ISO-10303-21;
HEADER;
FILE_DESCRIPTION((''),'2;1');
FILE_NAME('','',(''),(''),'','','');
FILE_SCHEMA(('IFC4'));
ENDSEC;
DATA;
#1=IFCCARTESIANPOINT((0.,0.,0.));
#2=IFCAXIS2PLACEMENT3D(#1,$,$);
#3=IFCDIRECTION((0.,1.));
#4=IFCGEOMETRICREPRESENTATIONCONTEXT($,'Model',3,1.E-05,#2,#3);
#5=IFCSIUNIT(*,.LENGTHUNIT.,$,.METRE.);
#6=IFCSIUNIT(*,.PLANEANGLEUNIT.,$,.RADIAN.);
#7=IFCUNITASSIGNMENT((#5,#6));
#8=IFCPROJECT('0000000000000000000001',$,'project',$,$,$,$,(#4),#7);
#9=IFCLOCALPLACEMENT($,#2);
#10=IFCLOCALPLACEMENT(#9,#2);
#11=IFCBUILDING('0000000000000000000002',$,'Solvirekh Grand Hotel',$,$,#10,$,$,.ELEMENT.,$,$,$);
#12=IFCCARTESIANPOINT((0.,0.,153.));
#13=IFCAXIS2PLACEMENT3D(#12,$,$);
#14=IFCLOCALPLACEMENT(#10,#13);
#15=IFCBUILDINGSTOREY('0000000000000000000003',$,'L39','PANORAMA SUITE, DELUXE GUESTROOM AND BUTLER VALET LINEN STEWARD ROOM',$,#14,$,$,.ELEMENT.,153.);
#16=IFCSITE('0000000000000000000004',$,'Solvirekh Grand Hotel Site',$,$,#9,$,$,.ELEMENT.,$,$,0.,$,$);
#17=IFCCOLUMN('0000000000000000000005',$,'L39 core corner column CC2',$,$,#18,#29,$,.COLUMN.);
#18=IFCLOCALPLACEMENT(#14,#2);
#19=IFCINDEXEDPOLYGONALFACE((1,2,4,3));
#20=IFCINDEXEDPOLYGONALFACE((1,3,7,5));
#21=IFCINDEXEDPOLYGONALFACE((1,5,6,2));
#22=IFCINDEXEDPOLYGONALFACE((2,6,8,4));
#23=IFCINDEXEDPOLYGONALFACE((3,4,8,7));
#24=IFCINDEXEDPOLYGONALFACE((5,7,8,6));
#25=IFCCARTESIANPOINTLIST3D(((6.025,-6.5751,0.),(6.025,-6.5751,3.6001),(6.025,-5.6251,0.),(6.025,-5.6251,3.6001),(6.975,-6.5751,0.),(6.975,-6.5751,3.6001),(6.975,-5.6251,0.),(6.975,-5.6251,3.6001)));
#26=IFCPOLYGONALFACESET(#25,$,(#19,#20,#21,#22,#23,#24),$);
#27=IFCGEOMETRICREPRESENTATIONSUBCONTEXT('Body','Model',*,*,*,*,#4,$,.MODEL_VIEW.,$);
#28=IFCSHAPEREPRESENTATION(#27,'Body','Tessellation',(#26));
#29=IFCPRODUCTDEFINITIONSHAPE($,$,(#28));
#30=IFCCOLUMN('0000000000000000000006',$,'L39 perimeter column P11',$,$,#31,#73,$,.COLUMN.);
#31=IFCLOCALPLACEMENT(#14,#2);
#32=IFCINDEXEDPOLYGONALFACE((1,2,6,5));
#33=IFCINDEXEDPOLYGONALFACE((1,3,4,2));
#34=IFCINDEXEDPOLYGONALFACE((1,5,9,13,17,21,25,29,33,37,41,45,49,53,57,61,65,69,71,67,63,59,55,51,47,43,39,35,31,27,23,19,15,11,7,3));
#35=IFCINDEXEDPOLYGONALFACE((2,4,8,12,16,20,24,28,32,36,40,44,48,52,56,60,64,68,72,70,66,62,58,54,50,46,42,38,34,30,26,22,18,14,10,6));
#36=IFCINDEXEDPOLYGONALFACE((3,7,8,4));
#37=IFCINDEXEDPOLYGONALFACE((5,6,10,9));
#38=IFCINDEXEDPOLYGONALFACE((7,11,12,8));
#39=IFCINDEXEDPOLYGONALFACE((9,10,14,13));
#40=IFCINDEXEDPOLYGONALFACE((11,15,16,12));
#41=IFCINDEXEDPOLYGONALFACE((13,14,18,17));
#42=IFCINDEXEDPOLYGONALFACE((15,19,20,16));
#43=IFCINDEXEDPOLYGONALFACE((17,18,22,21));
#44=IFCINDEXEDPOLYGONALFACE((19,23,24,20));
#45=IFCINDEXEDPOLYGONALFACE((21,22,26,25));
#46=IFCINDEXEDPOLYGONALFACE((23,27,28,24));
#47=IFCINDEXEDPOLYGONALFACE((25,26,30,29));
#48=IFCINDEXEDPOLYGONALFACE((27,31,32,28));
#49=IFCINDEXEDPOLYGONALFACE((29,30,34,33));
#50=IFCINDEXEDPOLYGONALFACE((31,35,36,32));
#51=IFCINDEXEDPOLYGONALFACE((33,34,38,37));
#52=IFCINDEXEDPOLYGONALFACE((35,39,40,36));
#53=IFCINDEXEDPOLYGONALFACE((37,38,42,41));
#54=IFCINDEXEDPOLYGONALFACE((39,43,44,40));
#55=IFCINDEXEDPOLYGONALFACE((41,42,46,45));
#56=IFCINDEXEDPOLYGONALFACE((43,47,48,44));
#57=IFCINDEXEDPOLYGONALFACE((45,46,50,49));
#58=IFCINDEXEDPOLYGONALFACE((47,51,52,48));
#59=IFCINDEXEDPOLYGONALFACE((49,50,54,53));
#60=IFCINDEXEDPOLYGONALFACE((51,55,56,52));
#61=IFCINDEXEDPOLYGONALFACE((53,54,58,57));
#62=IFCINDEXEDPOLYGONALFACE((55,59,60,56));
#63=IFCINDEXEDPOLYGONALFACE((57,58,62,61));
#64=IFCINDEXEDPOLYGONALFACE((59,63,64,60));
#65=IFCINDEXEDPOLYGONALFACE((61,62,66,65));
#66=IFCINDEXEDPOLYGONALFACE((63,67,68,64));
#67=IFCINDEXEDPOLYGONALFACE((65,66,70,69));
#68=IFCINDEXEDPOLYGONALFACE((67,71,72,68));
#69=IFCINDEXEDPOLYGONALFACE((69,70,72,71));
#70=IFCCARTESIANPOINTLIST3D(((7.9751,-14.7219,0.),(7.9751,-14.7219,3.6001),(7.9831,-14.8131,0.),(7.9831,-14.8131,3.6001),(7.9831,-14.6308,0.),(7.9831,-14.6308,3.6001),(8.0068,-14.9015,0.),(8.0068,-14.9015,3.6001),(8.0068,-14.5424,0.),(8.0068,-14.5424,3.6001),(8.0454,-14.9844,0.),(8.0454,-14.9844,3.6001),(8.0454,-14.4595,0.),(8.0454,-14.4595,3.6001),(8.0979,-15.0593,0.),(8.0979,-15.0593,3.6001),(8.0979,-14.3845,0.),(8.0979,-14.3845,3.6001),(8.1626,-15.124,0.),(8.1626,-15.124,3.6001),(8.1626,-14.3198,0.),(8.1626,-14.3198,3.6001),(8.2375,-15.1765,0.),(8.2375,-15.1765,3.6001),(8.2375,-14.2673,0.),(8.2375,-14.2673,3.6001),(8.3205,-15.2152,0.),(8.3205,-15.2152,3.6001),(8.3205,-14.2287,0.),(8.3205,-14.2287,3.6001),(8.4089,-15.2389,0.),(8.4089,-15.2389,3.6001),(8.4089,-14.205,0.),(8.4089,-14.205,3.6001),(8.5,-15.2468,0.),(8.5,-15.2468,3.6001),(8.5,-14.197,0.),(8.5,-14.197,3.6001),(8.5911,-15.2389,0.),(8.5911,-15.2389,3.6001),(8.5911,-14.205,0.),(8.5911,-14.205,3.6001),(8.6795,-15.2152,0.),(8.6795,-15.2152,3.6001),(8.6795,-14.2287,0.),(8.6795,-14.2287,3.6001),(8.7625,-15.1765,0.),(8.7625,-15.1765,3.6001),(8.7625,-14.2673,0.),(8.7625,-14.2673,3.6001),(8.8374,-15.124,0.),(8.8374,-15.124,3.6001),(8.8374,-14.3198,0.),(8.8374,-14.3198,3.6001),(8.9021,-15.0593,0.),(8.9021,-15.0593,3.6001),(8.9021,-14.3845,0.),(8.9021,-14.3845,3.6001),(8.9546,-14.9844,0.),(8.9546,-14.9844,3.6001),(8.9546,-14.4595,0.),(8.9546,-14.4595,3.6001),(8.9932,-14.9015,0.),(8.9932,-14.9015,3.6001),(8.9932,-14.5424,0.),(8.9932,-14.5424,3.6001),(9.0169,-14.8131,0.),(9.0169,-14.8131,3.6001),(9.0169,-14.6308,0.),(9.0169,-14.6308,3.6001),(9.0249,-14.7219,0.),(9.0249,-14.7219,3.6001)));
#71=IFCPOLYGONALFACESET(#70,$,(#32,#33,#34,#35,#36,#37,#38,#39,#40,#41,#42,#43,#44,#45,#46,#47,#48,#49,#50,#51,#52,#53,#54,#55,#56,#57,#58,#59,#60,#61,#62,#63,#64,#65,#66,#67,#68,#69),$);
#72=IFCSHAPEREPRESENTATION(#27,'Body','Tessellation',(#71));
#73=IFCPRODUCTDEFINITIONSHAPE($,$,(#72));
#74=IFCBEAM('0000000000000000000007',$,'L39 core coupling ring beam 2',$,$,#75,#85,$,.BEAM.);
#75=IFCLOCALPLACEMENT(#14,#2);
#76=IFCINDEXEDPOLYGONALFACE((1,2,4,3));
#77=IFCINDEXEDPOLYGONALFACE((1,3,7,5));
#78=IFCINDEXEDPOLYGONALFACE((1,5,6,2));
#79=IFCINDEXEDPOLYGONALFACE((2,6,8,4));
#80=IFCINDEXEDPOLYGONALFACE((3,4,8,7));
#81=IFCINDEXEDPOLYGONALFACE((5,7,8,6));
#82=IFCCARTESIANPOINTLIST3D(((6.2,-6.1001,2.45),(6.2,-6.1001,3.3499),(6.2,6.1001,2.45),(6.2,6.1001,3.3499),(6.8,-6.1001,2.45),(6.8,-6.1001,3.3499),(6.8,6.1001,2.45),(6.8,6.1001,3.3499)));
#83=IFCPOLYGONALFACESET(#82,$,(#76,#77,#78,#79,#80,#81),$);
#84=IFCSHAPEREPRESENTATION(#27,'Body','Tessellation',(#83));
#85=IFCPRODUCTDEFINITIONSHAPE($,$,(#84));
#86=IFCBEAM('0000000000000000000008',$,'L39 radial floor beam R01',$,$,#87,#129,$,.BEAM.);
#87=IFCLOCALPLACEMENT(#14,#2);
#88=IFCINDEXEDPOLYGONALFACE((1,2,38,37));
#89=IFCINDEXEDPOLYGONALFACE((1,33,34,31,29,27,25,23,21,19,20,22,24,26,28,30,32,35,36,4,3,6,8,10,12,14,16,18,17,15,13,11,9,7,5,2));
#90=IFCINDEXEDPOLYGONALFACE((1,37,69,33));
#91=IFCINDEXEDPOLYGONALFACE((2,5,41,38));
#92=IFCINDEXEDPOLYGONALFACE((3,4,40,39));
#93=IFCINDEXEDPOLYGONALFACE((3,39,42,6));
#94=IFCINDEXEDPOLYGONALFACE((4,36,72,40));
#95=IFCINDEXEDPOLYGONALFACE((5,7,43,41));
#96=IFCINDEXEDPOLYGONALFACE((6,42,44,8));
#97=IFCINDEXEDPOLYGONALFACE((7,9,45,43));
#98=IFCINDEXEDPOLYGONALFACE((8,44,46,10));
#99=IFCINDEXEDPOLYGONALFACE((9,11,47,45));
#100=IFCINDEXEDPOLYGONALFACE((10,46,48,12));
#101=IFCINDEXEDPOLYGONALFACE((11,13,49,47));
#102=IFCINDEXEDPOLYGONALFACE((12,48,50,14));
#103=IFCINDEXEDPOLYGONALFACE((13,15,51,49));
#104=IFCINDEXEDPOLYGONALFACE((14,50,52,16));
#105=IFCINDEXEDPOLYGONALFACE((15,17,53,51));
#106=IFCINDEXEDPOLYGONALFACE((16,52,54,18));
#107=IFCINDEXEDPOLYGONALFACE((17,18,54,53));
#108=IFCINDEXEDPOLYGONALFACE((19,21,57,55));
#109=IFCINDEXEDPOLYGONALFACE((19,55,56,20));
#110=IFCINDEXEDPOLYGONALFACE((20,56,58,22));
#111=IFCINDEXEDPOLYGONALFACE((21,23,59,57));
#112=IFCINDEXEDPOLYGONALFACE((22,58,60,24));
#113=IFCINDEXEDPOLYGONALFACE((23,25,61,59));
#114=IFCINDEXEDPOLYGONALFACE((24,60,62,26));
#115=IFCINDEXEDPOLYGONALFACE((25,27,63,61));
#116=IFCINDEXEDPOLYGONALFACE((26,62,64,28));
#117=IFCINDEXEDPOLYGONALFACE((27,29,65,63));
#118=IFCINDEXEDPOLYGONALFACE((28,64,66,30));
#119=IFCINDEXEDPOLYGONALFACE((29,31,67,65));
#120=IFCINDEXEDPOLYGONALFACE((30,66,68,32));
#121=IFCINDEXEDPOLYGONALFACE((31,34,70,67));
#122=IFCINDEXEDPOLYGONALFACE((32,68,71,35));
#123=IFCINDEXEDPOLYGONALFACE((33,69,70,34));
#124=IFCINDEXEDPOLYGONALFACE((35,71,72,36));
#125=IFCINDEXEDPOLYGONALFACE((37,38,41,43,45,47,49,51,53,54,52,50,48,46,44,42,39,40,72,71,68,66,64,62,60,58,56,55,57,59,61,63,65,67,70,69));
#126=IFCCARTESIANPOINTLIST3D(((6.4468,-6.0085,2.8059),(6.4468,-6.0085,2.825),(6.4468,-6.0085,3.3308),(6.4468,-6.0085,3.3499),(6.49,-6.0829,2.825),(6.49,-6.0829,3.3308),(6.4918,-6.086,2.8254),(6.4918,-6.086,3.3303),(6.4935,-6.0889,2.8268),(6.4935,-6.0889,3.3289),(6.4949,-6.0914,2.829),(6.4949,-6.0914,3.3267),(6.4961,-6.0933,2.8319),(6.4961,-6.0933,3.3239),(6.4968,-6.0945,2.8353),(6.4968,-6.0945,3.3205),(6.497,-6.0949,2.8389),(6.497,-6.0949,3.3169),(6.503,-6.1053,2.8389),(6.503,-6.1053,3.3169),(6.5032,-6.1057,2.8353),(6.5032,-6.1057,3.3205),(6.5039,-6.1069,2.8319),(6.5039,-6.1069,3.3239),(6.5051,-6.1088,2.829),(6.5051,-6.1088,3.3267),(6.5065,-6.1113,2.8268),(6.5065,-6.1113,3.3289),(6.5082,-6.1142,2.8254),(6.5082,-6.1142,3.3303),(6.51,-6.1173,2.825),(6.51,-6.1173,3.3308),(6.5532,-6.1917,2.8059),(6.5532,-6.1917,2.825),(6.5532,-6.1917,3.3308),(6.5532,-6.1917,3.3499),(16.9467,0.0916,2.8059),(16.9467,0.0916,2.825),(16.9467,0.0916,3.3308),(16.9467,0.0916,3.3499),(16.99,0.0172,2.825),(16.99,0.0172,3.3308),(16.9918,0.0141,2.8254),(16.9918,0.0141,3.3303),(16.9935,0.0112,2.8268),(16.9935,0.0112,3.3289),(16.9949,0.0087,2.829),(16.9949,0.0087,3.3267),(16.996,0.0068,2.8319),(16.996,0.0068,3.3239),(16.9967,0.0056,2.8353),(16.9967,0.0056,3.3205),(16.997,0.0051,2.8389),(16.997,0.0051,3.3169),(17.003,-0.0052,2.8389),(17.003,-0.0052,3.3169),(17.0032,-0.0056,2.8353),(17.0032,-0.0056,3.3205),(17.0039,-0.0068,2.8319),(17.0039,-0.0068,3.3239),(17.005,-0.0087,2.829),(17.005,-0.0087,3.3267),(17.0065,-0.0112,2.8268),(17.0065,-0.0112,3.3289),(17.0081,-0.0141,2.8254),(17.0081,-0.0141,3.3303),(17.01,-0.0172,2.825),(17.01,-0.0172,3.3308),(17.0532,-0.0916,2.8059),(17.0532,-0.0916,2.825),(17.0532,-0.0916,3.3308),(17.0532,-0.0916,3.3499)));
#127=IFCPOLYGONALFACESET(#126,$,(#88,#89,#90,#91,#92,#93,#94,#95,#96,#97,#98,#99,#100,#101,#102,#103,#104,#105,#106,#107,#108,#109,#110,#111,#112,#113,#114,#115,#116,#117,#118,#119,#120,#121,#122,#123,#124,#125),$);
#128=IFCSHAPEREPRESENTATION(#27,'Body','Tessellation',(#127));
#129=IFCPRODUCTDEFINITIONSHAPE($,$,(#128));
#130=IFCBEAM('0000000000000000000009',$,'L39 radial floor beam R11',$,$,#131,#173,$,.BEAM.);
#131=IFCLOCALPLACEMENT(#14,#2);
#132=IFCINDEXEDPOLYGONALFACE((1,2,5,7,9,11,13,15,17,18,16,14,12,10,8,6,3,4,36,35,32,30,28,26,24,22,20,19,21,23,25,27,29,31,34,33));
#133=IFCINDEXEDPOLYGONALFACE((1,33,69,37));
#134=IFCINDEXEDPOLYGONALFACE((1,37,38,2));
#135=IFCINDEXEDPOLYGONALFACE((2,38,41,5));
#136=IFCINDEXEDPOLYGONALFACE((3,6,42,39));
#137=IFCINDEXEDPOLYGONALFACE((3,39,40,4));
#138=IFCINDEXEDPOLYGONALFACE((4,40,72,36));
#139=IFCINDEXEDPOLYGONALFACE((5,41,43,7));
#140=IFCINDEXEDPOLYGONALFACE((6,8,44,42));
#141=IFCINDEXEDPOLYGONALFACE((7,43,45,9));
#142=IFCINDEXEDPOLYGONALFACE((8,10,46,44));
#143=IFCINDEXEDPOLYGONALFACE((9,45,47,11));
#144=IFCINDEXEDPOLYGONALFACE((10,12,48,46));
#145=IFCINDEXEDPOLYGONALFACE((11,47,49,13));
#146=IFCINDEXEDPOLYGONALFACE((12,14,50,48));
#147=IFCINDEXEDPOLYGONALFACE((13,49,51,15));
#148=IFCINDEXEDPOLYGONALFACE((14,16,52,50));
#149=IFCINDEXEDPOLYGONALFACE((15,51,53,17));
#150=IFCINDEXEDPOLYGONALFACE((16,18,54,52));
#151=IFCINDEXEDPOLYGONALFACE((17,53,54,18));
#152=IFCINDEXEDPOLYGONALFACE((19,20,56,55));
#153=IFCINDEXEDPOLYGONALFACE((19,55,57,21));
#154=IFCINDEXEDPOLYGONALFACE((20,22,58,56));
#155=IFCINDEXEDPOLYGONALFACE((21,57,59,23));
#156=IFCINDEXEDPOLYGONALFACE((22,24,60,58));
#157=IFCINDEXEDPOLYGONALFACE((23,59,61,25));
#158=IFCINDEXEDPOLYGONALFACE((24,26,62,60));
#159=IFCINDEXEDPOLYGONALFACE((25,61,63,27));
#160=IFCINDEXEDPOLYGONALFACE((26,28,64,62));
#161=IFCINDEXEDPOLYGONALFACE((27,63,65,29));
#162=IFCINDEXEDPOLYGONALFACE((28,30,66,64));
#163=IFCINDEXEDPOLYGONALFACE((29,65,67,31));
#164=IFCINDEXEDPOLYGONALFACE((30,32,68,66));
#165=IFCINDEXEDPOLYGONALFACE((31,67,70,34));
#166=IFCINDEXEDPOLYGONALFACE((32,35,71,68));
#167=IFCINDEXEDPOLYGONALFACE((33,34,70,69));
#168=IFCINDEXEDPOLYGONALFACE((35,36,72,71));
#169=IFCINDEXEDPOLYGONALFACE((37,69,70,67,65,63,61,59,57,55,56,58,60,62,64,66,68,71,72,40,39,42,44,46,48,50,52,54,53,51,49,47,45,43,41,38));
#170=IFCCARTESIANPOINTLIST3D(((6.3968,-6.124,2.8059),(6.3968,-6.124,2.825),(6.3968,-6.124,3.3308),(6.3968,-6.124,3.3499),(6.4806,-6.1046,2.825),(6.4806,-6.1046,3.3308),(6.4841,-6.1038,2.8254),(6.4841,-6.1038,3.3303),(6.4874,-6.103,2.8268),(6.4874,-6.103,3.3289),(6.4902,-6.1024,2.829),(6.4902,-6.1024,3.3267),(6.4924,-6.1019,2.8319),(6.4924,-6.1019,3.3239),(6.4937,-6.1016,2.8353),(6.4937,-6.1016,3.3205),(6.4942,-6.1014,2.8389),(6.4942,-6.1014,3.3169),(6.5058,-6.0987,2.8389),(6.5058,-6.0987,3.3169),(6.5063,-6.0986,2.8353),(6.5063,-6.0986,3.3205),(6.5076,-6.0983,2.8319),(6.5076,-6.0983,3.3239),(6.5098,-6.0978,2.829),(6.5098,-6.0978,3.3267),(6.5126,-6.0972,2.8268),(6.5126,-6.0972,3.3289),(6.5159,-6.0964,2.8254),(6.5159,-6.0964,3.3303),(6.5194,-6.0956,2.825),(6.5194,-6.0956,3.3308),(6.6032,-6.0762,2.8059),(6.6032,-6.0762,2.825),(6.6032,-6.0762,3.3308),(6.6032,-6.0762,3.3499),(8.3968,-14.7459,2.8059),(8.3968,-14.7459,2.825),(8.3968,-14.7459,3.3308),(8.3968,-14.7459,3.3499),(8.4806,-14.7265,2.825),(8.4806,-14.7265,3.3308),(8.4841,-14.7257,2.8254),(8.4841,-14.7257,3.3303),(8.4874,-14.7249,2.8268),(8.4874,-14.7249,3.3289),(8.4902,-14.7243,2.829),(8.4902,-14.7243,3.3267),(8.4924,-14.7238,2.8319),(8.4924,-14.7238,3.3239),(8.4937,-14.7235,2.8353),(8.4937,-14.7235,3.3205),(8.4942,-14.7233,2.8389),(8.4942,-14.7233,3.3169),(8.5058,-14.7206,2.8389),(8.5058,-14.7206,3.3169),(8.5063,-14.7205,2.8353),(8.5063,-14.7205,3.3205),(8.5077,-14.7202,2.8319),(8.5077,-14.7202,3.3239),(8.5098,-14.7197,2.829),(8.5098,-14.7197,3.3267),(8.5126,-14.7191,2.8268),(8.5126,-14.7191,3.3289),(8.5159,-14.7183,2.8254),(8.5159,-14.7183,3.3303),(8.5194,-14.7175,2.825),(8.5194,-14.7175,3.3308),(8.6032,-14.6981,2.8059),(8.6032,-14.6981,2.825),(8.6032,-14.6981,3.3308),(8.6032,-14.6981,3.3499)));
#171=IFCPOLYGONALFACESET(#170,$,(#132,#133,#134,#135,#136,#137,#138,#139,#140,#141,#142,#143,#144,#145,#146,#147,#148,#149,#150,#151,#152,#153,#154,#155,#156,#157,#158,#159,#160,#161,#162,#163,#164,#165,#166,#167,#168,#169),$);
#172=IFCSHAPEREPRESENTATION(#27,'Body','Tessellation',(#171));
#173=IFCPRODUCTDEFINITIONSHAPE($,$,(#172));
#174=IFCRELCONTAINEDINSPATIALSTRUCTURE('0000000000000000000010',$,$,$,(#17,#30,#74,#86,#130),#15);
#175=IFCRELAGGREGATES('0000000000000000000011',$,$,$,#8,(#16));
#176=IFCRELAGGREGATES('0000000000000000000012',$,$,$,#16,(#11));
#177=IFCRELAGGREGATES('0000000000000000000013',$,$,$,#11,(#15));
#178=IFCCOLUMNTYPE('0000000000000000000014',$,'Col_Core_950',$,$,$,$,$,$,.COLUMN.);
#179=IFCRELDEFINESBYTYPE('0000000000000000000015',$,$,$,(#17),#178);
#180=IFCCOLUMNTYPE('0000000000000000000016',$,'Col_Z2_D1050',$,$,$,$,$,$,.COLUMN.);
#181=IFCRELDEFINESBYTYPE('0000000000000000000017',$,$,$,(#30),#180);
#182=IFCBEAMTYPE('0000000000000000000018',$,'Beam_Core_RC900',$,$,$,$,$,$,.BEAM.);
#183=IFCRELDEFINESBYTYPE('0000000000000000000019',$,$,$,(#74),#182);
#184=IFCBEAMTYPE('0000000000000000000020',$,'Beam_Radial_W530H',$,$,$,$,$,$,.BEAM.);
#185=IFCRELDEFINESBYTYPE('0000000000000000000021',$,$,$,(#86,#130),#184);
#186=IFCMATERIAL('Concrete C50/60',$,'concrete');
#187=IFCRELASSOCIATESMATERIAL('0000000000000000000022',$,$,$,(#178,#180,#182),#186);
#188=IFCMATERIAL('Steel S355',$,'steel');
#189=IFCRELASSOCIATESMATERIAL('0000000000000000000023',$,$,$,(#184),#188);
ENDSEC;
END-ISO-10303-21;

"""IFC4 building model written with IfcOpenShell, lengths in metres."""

from ifc_helpers import new_model, si_unit, direction, frame, origin, origin_2d, place, context, subcontext, project, spatial, rectangle, circle, i_section, extrude, material, material_profile, profile_set, type_object, element, save


model = new_model("IFC4")

# Units and contexts
model_context = context("Model", 3, precision=1e-05, world=origin(), true_north=direction((0.0, 1.0)))
body_context = subcontext(model_context, "Body", "Model", "MODEL_VIEW")
ifc_project = project(units=[si_unit("LENGTHUNIT", "METRE"), si_unit("PLANEANGLEUNIT", "RADIAN")], contexts=[model_context])

# Site, building, storey
site_placement = place(None, origin())
site = spatial("IfcSite", under=ifc_project, at=site_placement, Name="Solvirekh Grand Hotel Site", CompositionType="ELEMENT", RefElevation=0.0)
building_placement = place(site_placement, origin())
building = spatial("IfcBuilding", under=site, at=building_placement, Name="Solvirekh Grand Hotel", CompositionType="ELEMENT")
storey_placement = place(building_placement, frame((0.0, 0.0, 153.0)))
storey = spatial("IfcBuildingStorey", under=building, at=storey_placement, Name="L39", Description="PANORAMA SUITE, DELUXE GUESTROOM AND BUTLER VALET LINEN STEWARD ROOM", CompositionType="ELEMENT", Elevation=153.0)

# Columns
ifc_material_1 = material(Name="Concrete C50/60", Category="concrete")
ifc_material_profile_1 = material_profile(ifc_material_1, rectangle(XDim=0.95, YDim=0.95, at=origin_2d()), Name="RC 950X950")
ifc_profile_set_1 = profile_set([ifc_material_profile_1], Name="Concrete C50/60")
column_type_1 = type_object("IfcColumnType", Name="Col_Core_950", PredefinedType="COLUMN", material=ifc_profile_set_1)
column_1_placement = place(storey_placement, frame((6.5, -6.1001, 0.0), z_axis=(0.0, 0.0, 1.0), x_axis=(1.0, 0.0, 0.0)))
element("IfcColumn", 1, at=column_1_placement, inside=storey, type_object=column_type_1, Name="L39 core corner column CC2", PredefinedType="COLUMN", context=body_context, shape_type="SweptSolid", body=[
    extrude(rectangle(XDim=0.95, YDim=0.95, at=origin_2d()), origin(), (0.0, 0.0, 1.0), 3.6001),
])
ifc_material_profile_2 = material_profile(ifc_material_1, circle(Radius=0.5249, at=origin_2d()), Name="RC CIRC D1050")
ifc_profile_set_2 = profile_set([ifc_material_profile_2], Name="Concrete C50/60")
column_type_2 = type_object("IfcColumnType", Name="Col_Z2_D1050", PredefinedType="COLUMN", material=ifc_profile_set_2)
column_2_placement = place(storey_placement, frame((8.5, -14.7219, 0.0), z_axis=(0.0, 0.0, 1.0), x_axis=(1.0, 0.0, 0.0)))
element("IfcColumn", 2, at=column_2_placement, inside=storey, type_object=column_type_2, Name="L39 perimeter column P11", PredefinedType="COLUMN", context=body_context, shape_type="SweptSolid", body=[
    extrude(circle(Radius=0.5249, at=origin_2d()), origin(), (0.0, 0.0, 1.0), 3.6001),
])

# Beams
ifc_material_profile_3 = material_profile(ifc_material_1, rectangle(XDim=0.6001, YDim=0.8999, at=origin_2d()), Name="RC BEAM 600X900")
ifc_profile_set_3 = profile_set([ifc_material_profile_3], Name="Concrete C50/60")
beam_type_1 = type_object("IfcBeamType", Name="Beam_Core_RC900", PredefinedType="BEAM", material=ifc_profile_set_3)
beam_1_placement = place(storey_placement, frame((6.5, -6.1001, 2.8999), z_axis=(0.0, 1.0, 0.0), x_axis=(-1.0, 0.0, 0.0)))
element("IfcBeam", 3, at=beam_1_placement, inside=storey, type_object=beam_type_1, Name="L39 core coupling ring beam 2", PredefinedType="BEAM", context=body_context, shape_type="SweptSolid", body=[
    extrude(rectangle(XDim=0.6001, YDim=0.8999, at=origin_2d()), origin(), (0.0, 0.0, 1.0), 12.2002),
])
ifc_material_2 = material(Name="Steel S355", Category="steel")
ifc_material_profile_4 = material_profile(ifc_material_2, i_section(OverallWidth=0.2119, OverallDepth=0.5439, WebThickness=0.012, FlangeThickness=0.019, FilletRadius=0.0139, at=origin_2d()), Name="W530X123")
ifc_profile_set_4 = profile_set([ifc_material_profile_4], Name="Steel S355")
beam_type_2 = type_object("IfcBeamType", Name="Beam_Radial_W530H", PredefinedType="BEAM", material=ifc_profile_set_4)
beam_2_placement = place(storey_placement, frame((6.5, -6.1001, 3.0779), z_axis=(0.86467, 0.50234, 0.0), x_axis=(-0.50234, 0.86467, 0.0)))
element("IfcBeam", 4, at=beam_2_placement, inside=storey, type_object=beam_type_2, Name="L39 radial floor beam R01", PredefinedType="BEAM", context=body_context, shape_type="SweptSolid", body=[
    extrude(i_section(OverallWidth=0.2119, OverallDepth=0.5439, WebThickness=0.012, FlangeThickness=0.019, FilletRadius=0.0139, at=origin_2d()), origin(), (0.0, 0.0, 1.0), 12.1433),
])
beam_3_placement = place(storey_placement, frame((6.5, -6.1001, 3.0779), z_axis=(0.225969, -0.974134, 0.0), x_axis=(0.974134, 0.225969, 0.0)))
element("IfcBeam", 5, at=beam_3_placement, inside=storey, type_object=beam_type_2, Name="L39 radial floor beam R11", PredefinedType="BEAM", context=body_context, shape_type="SweptSolid", body=[
    extrude(i_section(OverallWidth=0.2119, OverallDepth=0.5439, WebThickness=0.012, FlangeThickness=0.019, FilletRadius=0.0139, at=origin_2d()), origin(), (0.0, 0.0, 1.0), 8.8508),
])

save(model, "model.ifc")
